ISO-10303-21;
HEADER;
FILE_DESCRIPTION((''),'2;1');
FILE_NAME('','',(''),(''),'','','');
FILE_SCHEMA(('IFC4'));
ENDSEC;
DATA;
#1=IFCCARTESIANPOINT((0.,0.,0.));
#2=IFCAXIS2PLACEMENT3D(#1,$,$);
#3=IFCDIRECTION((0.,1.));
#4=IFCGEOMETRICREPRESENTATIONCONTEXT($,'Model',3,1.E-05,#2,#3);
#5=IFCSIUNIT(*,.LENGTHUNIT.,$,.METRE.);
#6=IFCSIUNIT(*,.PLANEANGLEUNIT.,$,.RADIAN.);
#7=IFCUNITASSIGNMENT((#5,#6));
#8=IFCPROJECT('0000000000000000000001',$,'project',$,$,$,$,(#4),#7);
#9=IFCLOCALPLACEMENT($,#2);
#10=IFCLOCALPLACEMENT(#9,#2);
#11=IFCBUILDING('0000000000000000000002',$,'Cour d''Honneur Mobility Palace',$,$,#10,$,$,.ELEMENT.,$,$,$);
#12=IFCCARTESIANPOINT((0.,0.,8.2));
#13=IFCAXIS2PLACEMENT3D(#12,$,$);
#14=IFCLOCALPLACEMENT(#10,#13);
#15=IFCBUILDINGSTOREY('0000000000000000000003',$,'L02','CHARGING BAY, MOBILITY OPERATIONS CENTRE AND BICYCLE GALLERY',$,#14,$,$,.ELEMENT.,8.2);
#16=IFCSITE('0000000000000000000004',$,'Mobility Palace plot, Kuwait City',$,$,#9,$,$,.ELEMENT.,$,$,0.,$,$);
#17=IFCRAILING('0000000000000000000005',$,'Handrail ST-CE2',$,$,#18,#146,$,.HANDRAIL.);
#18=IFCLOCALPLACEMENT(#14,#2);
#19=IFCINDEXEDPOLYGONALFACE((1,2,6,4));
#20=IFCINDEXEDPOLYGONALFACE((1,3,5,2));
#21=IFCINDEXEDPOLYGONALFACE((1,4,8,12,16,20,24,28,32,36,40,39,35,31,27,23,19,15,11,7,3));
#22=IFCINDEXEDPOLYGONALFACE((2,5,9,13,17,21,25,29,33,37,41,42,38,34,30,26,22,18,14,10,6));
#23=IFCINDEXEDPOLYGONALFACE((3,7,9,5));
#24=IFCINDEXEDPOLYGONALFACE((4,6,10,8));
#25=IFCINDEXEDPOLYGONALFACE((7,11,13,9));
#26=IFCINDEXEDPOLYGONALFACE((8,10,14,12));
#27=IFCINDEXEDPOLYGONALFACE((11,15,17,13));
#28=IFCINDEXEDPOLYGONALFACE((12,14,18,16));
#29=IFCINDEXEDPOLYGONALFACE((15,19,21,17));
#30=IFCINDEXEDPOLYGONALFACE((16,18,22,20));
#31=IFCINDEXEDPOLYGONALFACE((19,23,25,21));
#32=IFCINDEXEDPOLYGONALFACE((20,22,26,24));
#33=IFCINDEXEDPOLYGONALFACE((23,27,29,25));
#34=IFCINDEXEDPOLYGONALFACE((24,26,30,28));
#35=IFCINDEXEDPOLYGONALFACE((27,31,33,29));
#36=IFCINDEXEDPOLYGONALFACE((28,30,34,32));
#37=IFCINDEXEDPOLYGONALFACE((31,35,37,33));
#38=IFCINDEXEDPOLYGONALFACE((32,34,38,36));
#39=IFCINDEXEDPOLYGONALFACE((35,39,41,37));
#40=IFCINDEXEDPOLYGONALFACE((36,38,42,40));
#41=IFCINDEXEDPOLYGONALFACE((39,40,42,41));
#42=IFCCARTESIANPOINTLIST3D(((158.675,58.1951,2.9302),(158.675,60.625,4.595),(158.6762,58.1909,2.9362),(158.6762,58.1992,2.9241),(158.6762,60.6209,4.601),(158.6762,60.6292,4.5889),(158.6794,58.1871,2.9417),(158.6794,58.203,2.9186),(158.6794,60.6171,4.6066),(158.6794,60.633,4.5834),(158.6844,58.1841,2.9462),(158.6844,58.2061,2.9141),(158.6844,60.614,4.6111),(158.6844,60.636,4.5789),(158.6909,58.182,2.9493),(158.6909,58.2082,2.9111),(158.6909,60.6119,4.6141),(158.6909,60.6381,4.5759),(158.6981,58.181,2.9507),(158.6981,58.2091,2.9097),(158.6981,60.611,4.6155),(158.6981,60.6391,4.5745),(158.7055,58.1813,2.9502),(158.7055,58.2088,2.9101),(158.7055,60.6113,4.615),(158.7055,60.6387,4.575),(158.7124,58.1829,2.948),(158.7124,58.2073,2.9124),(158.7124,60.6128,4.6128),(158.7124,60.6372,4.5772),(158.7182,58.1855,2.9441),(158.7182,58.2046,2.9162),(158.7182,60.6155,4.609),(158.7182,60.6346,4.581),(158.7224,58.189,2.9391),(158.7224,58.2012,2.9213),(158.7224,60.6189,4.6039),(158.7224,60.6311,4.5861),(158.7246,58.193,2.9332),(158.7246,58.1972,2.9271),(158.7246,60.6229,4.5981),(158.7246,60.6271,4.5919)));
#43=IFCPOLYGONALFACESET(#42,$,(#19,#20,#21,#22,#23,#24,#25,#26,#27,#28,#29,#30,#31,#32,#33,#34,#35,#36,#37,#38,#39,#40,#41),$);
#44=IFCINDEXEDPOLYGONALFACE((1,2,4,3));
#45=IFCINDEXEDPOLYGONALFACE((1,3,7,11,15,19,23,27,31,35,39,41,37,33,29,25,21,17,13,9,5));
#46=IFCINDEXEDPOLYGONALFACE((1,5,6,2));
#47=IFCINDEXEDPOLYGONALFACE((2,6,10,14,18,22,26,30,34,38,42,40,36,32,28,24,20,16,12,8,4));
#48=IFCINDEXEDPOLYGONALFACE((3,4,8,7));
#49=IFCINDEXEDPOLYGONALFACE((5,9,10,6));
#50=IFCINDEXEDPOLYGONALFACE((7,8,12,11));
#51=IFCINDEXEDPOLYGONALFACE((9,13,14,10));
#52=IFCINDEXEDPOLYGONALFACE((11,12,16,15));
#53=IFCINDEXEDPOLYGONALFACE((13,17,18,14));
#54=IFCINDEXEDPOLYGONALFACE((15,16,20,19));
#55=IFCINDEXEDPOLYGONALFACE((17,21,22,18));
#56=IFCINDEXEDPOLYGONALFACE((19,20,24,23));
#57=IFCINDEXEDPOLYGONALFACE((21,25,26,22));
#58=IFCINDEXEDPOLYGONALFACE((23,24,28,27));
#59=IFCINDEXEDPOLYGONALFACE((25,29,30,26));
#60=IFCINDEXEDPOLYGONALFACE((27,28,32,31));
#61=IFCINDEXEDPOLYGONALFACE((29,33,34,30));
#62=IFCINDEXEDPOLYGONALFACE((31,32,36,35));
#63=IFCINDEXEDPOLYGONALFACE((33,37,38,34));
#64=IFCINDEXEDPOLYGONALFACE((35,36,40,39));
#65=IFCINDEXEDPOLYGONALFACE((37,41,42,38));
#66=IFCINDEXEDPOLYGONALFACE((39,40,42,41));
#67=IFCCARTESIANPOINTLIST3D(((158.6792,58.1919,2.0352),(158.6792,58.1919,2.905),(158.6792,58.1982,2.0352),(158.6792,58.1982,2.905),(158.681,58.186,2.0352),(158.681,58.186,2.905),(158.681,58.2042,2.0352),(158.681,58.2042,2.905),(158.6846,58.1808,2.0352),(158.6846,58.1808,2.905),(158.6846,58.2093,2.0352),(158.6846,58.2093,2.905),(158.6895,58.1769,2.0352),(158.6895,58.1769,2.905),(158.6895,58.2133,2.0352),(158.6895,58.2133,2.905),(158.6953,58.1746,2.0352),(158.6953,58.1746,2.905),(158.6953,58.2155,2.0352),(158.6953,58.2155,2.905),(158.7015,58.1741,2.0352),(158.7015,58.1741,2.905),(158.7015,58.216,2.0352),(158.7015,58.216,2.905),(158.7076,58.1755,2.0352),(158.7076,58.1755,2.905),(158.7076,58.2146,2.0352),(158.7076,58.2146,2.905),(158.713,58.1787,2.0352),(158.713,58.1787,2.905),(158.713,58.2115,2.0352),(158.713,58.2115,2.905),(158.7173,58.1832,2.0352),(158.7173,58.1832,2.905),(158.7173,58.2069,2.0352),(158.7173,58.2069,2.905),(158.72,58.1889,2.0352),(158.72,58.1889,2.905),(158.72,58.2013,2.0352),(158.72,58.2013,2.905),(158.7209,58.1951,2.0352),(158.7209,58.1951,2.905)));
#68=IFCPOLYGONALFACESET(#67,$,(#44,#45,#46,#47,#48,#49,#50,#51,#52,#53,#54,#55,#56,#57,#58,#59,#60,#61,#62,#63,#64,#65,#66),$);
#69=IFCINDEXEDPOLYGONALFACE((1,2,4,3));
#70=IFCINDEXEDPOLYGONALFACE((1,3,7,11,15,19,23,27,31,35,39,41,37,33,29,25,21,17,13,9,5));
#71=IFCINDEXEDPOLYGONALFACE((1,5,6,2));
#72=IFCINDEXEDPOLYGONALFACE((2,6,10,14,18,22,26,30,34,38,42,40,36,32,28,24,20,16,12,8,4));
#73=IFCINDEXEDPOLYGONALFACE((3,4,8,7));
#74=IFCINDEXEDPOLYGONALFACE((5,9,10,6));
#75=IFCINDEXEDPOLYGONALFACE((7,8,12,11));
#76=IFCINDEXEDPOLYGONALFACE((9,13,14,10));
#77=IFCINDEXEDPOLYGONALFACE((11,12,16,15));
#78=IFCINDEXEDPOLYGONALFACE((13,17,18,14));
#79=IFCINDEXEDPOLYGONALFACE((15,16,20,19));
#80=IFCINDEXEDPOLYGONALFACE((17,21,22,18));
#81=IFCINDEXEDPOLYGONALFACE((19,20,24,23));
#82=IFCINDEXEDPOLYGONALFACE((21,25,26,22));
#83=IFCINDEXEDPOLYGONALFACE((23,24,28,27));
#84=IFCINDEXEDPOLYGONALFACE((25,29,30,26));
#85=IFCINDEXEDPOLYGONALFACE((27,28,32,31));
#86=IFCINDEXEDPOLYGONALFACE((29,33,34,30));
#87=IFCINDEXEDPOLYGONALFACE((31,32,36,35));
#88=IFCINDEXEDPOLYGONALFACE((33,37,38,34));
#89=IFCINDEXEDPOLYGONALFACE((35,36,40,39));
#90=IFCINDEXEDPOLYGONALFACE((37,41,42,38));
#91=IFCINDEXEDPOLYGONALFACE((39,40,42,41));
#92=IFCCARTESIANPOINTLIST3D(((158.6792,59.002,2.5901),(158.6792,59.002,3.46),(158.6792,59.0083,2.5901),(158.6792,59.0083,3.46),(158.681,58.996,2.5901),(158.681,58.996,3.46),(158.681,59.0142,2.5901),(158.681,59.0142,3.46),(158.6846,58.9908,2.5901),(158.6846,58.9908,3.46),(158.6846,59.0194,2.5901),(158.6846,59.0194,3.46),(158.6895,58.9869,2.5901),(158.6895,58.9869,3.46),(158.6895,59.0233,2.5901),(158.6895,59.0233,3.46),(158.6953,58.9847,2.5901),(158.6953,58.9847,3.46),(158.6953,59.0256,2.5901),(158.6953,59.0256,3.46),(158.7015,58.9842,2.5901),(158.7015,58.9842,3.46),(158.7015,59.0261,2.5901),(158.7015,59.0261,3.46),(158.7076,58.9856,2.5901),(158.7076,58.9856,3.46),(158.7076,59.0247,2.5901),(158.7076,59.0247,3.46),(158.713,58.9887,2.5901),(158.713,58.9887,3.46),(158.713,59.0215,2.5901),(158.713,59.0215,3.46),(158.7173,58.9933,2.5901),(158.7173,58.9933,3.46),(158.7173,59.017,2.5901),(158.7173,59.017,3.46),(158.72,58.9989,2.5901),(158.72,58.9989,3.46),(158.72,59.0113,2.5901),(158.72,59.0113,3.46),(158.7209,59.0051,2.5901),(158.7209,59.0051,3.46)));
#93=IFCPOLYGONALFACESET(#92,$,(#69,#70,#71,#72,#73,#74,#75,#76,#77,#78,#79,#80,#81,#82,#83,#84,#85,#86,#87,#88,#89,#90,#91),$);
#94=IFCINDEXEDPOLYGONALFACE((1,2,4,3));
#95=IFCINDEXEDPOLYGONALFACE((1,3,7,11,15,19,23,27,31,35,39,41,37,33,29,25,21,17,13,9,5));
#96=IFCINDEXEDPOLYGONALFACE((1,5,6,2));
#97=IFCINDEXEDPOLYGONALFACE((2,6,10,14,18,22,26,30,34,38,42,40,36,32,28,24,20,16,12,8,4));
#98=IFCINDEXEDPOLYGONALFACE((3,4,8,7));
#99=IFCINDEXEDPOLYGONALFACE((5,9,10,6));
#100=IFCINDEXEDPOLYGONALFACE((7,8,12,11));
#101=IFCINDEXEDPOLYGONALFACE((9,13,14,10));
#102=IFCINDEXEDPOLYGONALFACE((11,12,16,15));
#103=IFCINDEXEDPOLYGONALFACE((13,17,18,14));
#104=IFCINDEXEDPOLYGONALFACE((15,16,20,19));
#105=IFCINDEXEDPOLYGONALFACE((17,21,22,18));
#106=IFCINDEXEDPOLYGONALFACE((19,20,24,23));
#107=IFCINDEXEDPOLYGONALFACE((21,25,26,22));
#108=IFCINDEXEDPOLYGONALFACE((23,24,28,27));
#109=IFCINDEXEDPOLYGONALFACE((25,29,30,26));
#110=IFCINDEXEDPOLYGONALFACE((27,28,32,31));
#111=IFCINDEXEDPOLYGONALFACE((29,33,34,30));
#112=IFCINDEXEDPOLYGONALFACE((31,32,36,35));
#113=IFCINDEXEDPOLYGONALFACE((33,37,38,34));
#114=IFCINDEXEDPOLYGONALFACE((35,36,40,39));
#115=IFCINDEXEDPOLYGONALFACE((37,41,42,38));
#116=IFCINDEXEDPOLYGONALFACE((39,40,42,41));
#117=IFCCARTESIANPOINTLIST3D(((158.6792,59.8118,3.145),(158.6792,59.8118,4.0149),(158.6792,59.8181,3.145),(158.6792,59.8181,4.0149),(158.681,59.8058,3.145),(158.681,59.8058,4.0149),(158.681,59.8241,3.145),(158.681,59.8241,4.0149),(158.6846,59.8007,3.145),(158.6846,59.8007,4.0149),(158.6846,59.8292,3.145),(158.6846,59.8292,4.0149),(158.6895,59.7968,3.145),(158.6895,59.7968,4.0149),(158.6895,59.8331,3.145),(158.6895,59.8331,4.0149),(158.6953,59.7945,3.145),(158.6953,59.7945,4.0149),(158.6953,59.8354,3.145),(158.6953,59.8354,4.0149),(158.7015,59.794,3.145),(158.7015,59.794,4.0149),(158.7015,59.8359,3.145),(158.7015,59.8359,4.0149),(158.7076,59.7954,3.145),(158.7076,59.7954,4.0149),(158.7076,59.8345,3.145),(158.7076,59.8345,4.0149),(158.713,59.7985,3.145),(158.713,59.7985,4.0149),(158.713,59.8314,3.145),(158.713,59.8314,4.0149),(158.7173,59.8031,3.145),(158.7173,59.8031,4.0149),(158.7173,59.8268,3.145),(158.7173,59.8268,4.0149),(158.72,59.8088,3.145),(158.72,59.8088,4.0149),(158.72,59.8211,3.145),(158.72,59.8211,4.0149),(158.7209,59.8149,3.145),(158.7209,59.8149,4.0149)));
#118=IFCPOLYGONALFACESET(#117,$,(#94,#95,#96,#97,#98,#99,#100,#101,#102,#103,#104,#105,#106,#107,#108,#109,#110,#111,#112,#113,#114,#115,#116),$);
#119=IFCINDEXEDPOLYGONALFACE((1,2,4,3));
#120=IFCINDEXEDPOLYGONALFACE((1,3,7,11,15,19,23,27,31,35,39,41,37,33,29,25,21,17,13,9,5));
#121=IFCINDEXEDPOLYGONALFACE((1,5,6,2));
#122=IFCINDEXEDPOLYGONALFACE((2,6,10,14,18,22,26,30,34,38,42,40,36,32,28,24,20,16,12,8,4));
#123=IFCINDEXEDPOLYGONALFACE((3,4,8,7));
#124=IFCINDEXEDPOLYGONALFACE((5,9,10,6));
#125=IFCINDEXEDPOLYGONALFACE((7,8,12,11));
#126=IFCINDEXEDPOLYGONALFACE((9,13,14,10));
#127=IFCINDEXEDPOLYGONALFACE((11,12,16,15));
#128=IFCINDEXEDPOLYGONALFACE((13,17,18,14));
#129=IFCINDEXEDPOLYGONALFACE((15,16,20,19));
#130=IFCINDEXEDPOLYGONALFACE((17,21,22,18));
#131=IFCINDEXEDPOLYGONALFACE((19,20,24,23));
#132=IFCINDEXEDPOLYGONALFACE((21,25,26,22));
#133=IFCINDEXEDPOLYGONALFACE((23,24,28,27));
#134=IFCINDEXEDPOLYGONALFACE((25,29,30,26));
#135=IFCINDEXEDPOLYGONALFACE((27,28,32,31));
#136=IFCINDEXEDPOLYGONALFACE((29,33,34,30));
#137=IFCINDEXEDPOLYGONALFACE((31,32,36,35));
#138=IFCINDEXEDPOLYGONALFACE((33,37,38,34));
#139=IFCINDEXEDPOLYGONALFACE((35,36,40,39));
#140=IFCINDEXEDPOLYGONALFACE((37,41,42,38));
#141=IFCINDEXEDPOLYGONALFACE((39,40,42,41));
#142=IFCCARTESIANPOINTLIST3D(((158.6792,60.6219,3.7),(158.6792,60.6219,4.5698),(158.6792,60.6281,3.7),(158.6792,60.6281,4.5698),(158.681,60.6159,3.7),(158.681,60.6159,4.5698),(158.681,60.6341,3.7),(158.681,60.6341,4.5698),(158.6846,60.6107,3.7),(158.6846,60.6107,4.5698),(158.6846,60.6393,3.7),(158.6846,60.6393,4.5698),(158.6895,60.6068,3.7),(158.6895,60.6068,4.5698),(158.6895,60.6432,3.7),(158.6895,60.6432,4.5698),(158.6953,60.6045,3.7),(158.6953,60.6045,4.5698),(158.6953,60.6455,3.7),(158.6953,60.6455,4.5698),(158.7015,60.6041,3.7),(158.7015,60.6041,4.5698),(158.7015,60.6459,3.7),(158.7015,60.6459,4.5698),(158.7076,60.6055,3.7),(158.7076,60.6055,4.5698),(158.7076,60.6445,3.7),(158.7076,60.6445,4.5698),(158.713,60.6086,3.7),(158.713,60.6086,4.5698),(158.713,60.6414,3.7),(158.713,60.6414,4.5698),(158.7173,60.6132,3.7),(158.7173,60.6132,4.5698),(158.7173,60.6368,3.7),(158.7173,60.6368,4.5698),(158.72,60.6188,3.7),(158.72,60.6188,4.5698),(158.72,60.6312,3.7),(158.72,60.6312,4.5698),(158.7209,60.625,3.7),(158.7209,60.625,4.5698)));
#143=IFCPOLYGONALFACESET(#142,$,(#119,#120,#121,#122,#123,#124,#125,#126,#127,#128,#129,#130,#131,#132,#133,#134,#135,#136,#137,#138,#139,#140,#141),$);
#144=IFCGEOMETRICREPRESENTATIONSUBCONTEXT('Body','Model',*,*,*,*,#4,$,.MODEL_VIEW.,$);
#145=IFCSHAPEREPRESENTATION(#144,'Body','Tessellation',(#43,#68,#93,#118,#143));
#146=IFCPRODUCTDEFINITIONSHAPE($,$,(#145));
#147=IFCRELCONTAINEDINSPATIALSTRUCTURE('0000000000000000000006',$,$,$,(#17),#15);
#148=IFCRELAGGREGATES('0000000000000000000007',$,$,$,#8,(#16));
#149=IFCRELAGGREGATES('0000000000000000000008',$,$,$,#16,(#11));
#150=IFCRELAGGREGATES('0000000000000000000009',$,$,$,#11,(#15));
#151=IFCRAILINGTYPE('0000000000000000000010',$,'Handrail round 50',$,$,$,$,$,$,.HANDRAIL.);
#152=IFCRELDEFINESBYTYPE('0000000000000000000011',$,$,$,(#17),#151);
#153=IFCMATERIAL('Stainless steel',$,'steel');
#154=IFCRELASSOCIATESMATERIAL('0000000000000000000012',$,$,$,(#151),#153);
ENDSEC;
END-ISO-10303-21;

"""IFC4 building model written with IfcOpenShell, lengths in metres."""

from ifc_helpers import new_model, si_unit, direction, frame, origin, origin_2d, place, context, subcontext, project, spatial, circle, extrude, material, type_object, element, save


model = new_model("IFC4")

# Units and contexts
model_context = context("Model", 3, precision=1e-05, world=origin(), true_north=direction((0.0, 1.0)))
body_context = subcontext(model_context, "Body", "Model", "MODEL_VIEW")
ifc_project = project(units=[si_unit("LENGTHUNIT", "METRE"), si_unit("PLANEANGLEUNIT", "RADIAN")], contexts=[model_context])

# Site, building, storey
site_placement = place(None, origin())
site = spatial("IfcSite", under=ifc_project, at=site_placement, Name="Mobility Palace plot, Kuwait City", CompositionType="ELEMENT", RefElevation=0.0)
building_placement = place(site_placement, origin())
building = spatial("IfcBuilding", under=site, at=building_placement, Name="Cour d'Honneur Mobility Palace", CompositionType="ELEMENT")
storey_placement = place(building_placement, frame((0.0, 0.0, 8.2)))
storey = spatial("IfcBuildingStorey", under=building, at=storey_placement, Name="L02", Description="CHARGING BAY, MOBILITY OPERATIONS CENTRE AND BICYCLE GALLERY", CompositionType="ELEMENT", Elevation=8.2)

# Railing
ifc_material_1 = material(Name="Stainless steel", Category="steel")
railing_type_1 = type_object("IfcRailingType", Name="Handrail round 50", PredefinedType="HANDRAIL", material=ifc_material_1)
railing_1_placement = place(storey_placement, frame((158.7, 58.1951, 2.0352)))
element("IfcRailing", 1, at=railing_1_placement, inside=storey, type_object=railing_type_1, Name="Handrail ST-CE2", PredefinedType="HANDRAIL", context=body_context, shape_type="SweptSolid", body=[
    extrude(circle(Radius=0.0249, at=origin_2d()), frame((0.0, 0.0, 0.895), z_axis=(0.0, 0.824957, 0.565195), x_axis=(-1.0, 0.0, 0.0)), (0.0, 0.0, 1.0), 2.9456),
    extrude(circle(Radius=0.021, at=origin_2d()), origin(), (0.0, 0.0, 1.0), 0.8699),
    extrude(circle(Radius=0.021, at=origin_2d()), frame((0.0, 0.8101, 0.5549)), (0.0, 0.0, 1.0), 0.8699),
    extrude(circle(Radius=0.021, at=origin_2d()), frame((0.0, 1.6199, 1.1099)), (0.0, 0.0, 1.0), 0.8699),
    extrude(circle(Radius=0.021, at=origin_2d()), frame((0.0, 2.4299, 1.6648)), (0.0, 0.0, 1.0), 0.8699),
])

save(model, "model.ifc")
